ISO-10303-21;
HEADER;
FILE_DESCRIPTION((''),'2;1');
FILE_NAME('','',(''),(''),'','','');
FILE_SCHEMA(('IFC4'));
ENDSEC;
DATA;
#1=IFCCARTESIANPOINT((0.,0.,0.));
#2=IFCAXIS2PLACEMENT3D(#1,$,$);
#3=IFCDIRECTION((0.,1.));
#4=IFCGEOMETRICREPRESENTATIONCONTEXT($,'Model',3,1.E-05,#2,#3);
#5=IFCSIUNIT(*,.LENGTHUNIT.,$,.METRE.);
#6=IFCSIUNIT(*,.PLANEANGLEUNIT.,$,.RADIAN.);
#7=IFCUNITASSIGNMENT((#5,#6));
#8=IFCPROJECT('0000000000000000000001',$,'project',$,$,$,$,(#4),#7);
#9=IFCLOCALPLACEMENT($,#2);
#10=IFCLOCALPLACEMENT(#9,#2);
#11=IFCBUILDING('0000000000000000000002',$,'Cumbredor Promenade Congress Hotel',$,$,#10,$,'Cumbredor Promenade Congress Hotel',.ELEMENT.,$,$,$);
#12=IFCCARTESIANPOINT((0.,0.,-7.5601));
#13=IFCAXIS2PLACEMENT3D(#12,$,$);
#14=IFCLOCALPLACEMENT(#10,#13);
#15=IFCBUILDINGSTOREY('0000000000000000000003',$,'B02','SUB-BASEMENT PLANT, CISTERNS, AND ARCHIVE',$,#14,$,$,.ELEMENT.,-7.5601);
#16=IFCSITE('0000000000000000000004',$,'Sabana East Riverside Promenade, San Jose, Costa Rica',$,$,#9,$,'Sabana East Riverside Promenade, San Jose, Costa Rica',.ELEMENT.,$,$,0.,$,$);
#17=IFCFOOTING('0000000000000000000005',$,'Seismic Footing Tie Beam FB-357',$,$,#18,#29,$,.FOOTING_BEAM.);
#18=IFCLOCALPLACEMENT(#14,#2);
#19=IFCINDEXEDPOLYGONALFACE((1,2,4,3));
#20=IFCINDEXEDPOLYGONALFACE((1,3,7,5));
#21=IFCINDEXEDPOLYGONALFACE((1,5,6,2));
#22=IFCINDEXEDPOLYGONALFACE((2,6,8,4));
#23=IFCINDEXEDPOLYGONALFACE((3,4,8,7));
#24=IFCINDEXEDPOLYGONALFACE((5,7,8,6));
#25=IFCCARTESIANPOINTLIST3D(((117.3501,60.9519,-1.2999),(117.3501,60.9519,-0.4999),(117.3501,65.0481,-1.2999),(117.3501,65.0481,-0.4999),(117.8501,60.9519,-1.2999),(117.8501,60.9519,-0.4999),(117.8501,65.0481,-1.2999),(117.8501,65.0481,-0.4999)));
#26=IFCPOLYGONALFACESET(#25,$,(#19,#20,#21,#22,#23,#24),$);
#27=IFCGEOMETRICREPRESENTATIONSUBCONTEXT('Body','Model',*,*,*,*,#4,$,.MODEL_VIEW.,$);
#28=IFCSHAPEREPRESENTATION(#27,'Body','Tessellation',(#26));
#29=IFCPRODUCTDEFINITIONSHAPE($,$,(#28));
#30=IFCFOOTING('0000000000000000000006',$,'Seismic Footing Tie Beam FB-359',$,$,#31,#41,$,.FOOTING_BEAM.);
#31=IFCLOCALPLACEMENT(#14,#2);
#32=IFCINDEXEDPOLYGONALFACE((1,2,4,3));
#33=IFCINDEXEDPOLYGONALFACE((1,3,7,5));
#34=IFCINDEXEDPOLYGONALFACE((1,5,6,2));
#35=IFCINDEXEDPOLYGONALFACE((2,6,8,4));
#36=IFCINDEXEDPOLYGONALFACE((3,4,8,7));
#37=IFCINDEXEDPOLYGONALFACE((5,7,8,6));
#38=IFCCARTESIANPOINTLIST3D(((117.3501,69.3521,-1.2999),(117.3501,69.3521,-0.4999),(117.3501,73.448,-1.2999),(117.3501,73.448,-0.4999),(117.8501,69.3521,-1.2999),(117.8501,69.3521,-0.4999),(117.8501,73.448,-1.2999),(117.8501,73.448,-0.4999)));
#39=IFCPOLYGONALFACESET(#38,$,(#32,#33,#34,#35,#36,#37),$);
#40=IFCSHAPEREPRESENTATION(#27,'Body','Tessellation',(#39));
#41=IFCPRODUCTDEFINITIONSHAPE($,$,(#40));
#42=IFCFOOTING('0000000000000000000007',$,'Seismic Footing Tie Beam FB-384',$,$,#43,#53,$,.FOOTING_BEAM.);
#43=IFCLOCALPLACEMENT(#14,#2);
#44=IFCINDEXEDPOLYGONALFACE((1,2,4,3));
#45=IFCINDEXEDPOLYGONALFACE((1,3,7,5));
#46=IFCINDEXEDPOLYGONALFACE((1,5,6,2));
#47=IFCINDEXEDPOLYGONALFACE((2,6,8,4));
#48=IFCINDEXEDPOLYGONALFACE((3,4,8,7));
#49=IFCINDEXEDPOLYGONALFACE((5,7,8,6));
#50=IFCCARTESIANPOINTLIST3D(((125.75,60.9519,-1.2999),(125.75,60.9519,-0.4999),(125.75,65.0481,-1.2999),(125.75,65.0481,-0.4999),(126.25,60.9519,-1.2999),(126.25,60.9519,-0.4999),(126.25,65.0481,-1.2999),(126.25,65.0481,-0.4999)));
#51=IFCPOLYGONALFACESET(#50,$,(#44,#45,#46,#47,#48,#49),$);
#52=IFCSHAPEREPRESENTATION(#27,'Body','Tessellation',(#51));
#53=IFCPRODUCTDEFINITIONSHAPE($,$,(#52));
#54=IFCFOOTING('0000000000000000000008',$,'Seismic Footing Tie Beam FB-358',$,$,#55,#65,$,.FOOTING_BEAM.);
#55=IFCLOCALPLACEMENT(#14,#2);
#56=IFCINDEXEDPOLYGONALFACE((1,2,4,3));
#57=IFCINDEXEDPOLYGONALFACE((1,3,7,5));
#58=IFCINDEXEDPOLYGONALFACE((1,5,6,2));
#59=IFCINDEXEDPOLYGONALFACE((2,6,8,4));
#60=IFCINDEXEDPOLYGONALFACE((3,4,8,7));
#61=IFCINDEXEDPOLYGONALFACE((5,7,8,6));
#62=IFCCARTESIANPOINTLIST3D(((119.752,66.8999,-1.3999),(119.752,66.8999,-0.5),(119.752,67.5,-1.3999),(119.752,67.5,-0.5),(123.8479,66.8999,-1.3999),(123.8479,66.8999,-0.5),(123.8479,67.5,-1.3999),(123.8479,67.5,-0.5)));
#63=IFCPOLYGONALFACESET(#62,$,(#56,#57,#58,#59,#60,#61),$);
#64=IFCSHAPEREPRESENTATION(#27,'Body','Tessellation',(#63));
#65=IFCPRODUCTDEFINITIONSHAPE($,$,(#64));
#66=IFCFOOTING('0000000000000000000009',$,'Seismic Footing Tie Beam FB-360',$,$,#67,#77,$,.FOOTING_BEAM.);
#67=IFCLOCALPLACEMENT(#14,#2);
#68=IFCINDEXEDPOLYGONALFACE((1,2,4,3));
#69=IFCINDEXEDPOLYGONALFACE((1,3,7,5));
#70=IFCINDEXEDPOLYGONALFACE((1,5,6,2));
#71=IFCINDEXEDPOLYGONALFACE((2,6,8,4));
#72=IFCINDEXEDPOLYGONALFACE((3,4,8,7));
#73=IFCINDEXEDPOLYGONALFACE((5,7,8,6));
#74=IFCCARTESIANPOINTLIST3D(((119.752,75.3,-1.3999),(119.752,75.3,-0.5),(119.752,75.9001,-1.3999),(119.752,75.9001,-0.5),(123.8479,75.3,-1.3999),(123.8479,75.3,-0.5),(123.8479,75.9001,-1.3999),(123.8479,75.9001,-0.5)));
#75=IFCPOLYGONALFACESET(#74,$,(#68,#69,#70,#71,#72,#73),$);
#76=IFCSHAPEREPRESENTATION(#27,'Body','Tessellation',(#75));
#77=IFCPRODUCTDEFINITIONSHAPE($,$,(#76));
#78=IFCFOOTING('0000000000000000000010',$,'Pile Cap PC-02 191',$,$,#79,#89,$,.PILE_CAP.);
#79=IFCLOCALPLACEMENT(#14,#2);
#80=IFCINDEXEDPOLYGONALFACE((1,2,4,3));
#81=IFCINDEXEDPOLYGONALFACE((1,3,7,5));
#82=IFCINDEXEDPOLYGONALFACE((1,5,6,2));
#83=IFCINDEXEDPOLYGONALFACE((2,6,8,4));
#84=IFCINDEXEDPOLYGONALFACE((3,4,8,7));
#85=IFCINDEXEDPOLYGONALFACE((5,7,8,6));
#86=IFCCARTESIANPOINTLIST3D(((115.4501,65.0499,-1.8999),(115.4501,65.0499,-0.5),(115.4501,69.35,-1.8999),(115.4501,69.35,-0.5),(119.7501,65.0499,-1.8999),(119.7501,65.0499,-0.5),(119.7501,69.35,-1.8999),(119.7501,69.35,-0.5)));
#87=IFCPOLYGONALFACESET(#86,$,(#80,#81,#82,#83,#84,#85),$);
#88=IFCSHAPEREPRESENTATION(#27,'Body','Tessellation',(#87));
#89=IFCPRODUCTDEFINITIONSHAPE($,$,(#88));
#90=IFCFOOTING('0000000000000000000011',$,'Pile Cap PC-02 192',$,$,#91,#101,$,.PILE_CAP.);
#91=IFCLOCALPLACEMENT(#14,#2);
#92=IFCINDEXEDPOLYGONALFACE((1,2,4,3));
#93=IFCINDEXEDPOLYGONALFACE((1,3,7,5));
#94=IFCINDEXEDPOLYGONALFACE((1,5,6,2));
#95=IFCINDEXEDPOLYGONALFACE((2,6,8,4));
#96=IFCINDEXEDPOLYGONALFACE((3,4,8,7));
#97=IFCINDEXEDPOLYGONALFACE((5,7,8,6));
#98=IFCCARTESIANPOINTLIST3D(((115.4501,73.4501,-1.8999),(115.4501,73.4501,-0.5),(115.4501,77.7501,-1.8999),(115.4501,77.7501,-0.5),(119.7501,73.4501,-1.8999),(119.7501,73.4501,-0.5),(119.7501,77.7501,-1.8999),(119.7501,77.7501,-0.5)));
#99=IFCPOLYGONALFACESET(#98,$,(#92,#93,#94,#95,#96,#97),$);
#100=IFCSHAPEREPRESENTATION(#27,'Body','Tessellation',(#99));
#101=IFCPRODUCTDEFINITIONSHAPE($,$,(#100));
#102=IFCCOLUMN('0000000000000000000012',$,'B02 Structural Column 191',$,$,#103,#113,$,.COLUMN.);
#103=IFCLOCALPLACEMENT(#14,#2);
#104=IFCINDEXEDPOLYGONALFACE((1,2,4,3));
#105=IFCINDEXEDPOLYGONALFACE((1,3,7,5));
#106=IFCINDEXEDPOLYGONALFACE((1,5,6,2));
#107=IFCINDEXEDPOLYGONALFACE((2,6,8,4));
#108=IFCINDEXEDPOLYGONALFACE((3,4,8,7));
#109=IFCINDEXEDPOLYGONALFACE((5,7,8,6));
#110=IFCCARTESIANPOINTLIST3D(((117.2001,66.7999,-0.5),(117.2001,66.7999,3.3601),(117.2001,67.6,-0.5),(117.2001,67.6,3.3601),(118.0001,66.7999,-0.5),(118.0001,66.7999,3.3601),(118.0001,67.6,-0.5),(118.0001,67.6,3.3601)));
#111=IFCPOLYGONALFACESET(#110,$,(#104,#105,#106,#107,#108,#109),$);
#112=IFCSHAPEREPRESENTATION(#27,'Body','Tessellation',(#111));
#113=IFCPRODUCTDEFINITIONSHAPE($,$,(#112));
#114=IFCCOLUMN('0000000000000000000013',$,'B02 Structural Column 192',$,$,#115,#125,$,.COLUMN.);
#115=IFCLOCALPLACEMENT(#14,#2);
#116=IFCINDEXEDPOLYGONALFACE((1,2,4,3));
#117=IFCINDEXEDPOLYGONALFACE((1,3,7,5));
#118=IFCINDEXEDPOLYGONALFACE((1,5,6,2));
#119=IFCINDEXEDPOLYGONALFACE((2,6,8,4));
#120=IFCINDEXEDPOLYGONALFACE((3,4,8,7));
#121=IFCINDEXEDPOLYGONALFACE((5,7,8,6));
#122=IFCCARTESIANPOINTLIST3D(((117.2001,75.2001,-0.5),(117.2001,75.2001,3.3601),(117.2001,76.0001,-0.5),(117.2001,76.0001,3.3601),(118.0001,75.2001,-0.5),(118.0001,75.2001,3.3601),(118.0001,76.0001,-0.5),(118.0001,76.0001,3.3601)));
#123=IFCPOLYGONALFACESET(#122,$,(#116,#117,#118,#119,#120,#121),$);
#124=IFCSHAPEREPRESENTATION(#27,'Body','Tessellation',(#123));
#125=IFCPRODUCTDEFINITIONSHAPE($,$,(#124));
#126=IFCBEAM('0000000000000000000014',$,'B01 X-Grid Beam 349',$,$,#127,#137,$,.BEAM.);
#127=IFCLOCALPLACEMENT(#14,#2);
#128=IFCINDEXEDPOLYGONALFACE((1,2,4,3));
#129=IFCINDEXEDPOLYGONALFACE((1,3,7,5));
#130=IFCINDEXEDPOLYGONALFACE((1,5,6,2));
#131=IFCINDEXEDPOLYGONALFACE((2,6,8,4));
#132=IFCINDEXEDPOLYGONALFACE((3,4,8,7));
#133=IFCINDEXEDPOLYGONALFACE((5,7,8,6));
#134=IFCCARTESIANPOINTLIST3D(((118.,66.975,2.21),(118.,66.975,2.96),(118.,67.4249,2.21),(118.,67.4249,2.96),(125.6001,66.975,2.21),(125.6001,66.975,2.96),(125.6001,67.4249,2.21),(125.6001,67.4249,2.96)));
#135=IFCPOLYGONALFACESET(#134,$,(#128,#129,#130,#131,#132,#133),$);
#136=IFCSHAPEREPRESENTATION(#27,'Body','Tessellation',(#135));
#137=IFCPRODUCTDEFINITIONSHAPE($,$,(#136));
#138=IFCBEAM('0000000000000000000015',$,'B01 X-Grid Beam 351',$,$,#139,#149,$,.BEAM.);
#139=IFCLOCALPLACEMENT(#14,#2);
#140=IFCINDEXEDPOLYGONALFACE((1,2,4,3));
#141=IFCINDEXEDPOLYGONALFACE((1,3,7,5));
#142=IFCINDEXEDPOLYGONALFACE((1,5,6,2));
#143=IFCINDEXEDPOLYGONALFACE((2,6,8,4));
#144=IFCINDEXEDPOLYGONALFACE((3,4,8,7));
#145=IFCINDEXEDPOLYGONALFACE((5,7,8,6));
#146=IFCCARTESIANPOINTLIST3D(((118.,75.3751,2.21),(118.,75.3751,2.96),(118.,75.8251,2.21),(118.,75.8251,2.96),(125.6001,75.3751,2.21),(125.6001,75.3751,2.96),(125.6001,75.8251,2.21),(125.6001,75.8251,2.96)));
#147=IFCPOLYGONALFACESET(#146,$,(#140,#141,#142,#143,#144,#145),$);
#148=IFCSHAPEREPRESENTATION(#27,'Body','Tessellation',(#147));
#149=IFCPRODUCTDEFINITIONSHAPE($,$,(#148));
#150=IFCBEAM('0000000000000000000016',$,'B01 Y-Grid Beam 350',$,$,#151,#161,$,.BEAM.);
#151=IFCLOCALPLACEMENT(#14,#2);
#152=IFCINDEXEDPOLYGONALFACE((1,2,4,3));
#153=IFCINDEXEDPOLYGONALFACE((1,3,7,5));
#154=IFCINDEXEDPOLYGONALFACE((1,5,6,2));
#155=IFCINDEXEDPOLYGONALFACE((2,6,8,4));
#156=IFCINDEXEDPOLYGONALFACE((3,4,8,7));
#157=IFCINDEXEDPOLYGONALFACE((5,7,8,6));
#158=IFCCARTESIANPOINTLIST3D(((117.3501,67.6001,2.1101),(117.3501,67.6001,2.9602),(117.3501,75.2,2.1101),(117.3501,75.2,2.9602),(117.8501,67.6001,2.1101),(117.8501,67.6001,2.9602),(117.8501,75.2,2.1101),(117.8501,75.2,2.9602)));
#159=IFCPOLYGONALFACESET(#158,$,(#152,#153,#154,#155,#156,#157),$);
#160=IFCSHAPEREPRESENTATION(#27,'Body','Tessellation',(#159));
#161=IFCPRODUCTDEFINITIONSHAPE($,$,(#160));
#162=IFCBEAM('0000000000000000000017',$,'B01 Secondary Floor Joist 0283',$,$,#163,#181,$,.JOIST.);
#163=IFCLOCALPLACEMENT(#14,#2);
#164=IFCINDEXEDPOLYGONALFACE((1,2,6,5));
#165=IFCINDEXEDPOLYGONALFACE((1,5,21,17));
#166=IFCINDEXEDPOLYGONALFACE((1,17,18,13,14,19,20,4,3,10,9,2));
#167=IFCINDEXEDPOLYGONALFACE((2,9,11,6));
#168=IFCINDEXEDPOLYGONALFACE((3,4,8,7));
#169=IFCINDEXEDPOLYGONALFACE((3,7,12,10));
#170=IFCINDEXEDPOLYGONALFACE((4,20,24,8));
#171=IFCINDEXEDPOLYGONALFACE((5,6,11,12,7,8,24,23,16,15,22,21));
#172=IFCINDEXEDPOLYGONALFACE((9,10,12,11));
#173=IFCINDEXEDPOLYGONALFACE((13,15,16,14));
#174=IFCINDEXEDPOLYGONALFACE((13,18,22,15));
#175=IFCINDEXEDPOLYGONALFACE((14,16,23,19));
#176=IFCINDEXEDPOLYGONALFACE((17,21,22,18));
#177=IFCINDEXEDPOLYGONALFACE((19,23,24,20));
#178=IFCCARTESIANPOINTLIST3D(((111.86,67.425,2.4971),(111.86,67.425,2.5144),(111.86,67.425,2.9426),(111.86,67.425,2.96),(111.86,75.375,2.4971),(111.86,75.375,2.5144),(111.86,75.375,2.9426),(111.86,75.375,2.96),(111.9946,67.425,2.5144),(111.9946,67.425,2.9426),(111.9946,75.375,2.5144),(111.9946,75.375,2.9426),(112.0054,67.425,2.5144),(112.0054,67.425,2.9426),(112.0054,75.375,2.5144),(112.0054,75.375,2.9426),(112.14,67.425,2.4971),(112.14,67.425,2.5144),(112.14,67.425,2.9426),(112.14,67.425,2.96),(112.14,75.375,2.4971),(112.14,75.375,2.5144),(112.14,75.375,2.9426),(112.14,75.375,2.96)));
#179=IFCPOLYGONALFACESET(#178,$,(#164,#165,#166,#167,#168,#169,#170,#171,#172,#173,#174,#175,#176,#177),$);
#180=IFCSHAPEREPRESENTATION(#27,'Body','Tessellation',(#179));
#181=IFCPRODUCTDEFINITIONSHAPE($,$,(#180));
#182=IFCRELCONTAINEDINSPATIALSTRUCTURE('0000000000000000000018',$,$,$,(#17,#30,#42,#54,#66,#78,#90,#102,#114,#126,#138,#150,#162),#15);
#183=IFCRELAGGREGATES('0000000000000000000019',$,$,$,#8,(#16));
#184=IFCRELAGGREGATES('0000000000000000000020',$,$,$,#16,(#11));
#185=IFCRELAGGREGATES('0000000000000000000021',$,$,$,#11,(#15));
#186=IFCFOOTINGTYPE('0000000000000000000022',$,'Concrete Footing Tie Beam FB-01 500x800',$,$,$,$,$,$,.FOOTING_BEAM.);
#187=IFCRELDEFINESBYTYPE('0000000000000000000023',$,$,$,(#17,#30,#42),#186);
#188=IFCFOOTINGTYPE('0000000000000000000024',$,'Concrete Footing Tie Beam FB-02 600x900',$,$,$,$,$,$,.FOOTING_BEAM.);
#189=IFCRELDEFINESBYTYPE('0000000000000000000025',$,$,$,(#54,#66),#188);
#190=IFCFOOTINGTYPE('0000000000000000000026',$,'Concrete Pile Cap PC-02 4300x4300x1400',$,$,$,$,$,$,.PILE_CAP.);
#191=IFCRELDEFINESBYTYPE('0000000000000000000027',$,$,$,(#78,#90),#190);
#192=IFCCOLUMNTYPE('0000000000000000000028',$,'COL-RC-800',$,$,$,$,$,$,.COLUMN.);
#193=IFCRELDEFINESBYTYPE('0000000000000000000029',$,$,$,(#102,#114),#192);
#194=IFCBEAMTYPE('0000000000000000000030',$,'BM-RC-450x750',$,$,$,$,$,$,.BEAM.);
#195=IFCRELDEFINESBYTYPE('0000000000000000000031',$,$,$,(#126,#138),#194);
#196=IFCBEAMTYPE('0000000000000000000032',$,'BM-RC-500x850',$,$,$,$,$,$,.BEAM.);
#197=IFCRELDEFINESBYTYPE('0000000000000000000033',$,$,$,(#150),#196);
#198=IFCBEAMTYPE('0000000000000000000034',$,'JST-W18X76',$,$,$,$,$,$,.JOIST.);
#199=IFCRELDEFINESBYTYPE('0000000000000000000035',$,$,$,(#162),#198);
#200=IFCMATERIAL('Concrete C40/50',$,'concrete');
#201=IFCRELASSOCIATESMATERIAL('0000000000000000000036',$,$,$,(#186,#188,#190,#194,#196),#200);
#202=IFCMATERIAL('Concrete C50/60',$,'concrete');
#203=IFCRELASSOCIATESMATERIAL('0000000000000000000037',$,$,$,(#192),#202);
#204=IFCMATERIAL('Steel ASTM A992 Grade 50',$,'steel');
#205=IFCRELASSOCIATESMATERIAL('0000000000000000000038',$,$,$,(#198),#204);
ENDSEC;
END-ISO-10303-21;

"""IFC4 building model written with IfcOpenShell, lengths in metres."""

from ifc_helpers import new_model, si_unit, direction, frame, origin, origin_2d, place, context, subcontext, project, spatial, rectangle, i_section, extrude, material, material_profile, profile_set, type_object, element, save


model = new_model("IFC4")

# Units and contexts
model_context = context("Model", 3, precision=1e-05, world=origin(), true_north=direction((0.0, 1.0)))
body_context = subcontext(model_context, "Body", "Model", "MODEL_VIEW")
ifc_project = project(units=[si_unit("LENGTHUNIT", "METRE"), si_unit("PLANEANGLEUNIT", "RADIAN")], contexts=[model_context])

# Site, building, storey
site_placement = place(None, origin())
site = spatial("IfcSite", under=ifc_project, at=site_placement, Name="Sabana East Riverside Promenade, San Jose, Costa Rica", LongName="Sabana East Riverside Promenade, San Jose, Costa Rica", CompositionType="ELEMENT", RefElevation=0.0)
building_placement = place(site_placement, origin())
building = spatial("IfcBuilding", under=site, at=building_placement, Name="Cumbredor Promenade Congress Hotel", LongName="Cumbredor Promenade Congress Hotel", CompositionType="ELEMENT")
storey_placement = place(building_placement, frame((0.0, 0.0, -7.5601)))
storey = spatial("IfcBuildingStorey", under=building, at=storey_placement, Name="B02", Description="SUB-BASEMENT PLANT, CISTERNS, AND ARCHIVE", CompositionType="ELEMENT", Elevation=-7.5601)

# Shared definitions
ifc_material_1 = material(Name="Concrete C40/50", Category="concrete")

# Footings
ifc_material_profile_1 = material_profile(ifc_material_1, rectangle(XDim=0.5, YDim=0.8, at=origin_2d()), Name="FB 500x800")
ifc_profile_set_1 = profile_set([ifc_material_profile_1], Name="Concrete C40/50")
footing_type_1 = type_object("IfcFootingType", Name="Concrete Footing Tie Beam FB-01 500x800", PredefinedType="FOOTING_BEAM", material=ifc_profile_set_1)
footing_1_placement = place(storey_placement, frame((117.6001, 60.9519, -0.8999), z_axis=(0.0, 1.0, 0.0), x_axis=(-1.0, 0.0, 0.0)))
element("IfcFooting", 1, at=footing_1_placement, inside=storey, type_object=footing_type_1, Name="Seismic Footing Tie Beam FB-357", PredefinedType="FOOTING_BEAM", context=body_context, shape_type="SweptSolid", body=[
    extrude(rectangle(XDim=0.5, YDim=0.8, at=origin_2d()), origin(), (0.0, 0.0, 1.0), 4.0962),
])
footing_2_placement = place(storey_placement, frame((117.6001, 69.3521, -0.8999), z_axis=(0.0, 1.0, 0.0), x_axis=(-1.0, 0.0, 0.0)))
element("IfcFooting", 2, at=footing_2_placement, inside=storey, type_object=footing_type_1, Name="Seismic Footing Tie Beam FB-359", PredefinedType="FOOTING_BEAM", context=body_context, shape_type="SweptSolid", body=[
    extrude(rectangle(XDim=0.5, YDim=0.8, at=origin_2d()), origin(), (0.0, 0.0, 1.0), 4.0959),
])
footing_3_placement = place(storey_placement, frame((126.0, 60.9519, -0.8999), z_axis=(0.0, 1.0, 0.0), x_axis=(-1.0, 0.0, 0.0)))
element("IfcFooting", 3, at=footing_3_placement, inside=storey, type_object=footing_type_1, Name="Seismic Footing Tie Beam FB-384", PredefinedType="FOOTING_BEAM", context=body_context, shape_type="SweptSolid", body=[
    extrude(rectangle(XDim=0.5, YDim=0.8, at=origin_2d()), origin(), (0.0, 0.0, 1.0), 4.0962),
])
ifc_material_profile_2 = material_profile(ifc_material_1, rectangle(XDim=0.6001, YDim=0.8999, at=origin_2d()), Name="FB 600x900")
ifc_profile_set_2 = profile_set([ifc_material_profile_2], Name="Concrete C40/50")
footing_type_2 = type_object("IfcFootingType", Name="Concrete Footing Tie Beam FB-02 600x900", PredefinedType="FOOTING_BEAM", material=ifc_profile_set_2)
for number, where, z_axis, x_axis, name in (
    (4, (119.752, 67.2, -0.95), (1.0, 0.0, 0.0), (0.0, 1.0, 0.0), "Seismic Footing Tie Beam FB-358"),
    (5, (119.752, 75.6001, -0.95), (1.0, 0.0, 0.0), (0.0, 1.0, 0.0), "Seismic Footing Tie Beam FB-360"),
):
    element("IfcFooting", number, at=place(storey_placement, frame(where, z_axis=z_axis, x_axis=x_axis)), inside=storey, type_object=footing_type_2, Name=name, PredefinedType="FOOTING_BEAM", context=body_context, shape_type="SweptSolid", body=[
        extrude(rectangle(XDim=0.6001, YDim=0.8999, at=origin_2d()), origin(), (0.0, 0.0, 1.0), 4.0959),
    ])
footing_type_3 = type_object("IfcFootingType", Name="Concrete Pile Cap PC-02 4300x4300x1400", PredefinedType="PILE_CAP", material=ifc_material_1)
for number, where, z_axis, x_axis, name in (
    (6, (117.6001, 67.2, -1.8999), (0.0, 0.0, 1.0), (1.0, 0.0, 0.0), "Pile Cap PC-02 191"),
    (7, (117.6001, 75.6001, -1.8999), (0.0, 0.0, 1.0), (1.0, 0.0, 0.0), "Pile Cap PC-02 192"),
):
    element("IfcFooting", number, at=place(storey_placement, frame(where, z_axis=z_axis, x_axis=x_axis)), inside=storey, type_object=footing_type_3, Name=name, PredefinedType="PILE_CAP", context=body_context, shape_type="SweptSolid", body=[
        extrude(rectangle(XDim=4.3, YDim=4.3, at=origin_2d()), origin(), (0.0, 0.0, 1.0), 1.3999),
    ])

# Columns
ifc_material_2 = material(Name="Concrete C50/60", Category="concrete")
ifc_material_profile_3 = material_profile(ifc_material_2, rectangle(XDim=0.8, YDim=0.8, at=origin_2d()), Name="RC 800x800")
ifc_profile_set_3 = profile_set([ifc_material_profile_3], Name="Concrete C50/60")
column_type = type_object("IfcColumnType", Name="COL-RC-800", PredefinedType="COLUMN", material=ifc_profile_set_3)
for number, where, z_axis, x_axis, name in (
    (8, (117.6001, 67.2, -0.5), (0.0, 0.0, 1.0), (1.0, 0.0, 0.0), "B02 Structural Column 191"),
    (9, (117.6001, 75.6001, -0.5), (0.0, 0.0, 1.0), (1.0, 0.0, 0.0), "B02 Structural Column 192"),
):
    element("IfcColumn", number, at=place(storey_placement, frame(where, z_axis=z_axis, x_axis=x_axis)), inside=storey, type_object=column_type, Name=name, PredefinedType="COLUMN", context=body_context, shape_type="SweptSolid", body=[
        extrude(rectangle(XDim=0.8, YDim=0.8, at=origin_2d()), origin(), (0.0, 0.0, 1.0), 3.8601),
    ])

# Beams
ifc_material_profile_4 = material_profile(ifc_material_1, rectangle(XDim=0.45, YDim=0.75, at=origin_2d()), Name="RC BEAM 450x750")
ifc_profile_set_4 = profile_set([ifc_material_profile_4], Name="Concrete C40/50")
beam_type_1 = type_object("IfcBeamType", Name="BM-RC-450x750", PredefinedType="BEAM", material=ifc_profile_set_4)
for number, where, z_axis, x_axis, name in (
    (10, (118.0, 67.2, 2.585), (1.0, 0.0, 0.0), (0.0, 1.0, 0.0), "B01 X-Grid Beam 349"),
    (11, (118.0, 75.6001, 2.585), (1.0, 0.0, 0.0), (0.0, 1.0, 0.0), "B01 X-Grid Beam 351"),
):
    element("IfcBeam", number, at=place(storey_placement, frame(where, z_axis=z_axis, x_axis=x_axis)), inside=storey, type_object=beam_type_1, Name=name, PredefinedType="BEAM", context=body_context, shape_type="SweptSolid", body=[
        extrude(rectangle(XDim=0.45, YDim=0.75, at=origin_2d()), origin(), (0.0, 0.0, 1.0), 7.6001),
    ])
ifc_material_profile_5 = material_profile(ifc_material_1, rectangle(XDim=0.5, YDim=0.8501, at=origin_2d()), Name="RC BEAM 500x850")
ifc_profile_set_5 = profile_set([ifc_material_profile_5], Name="Concrete C40/50")
beam_type_2 = type_object("IfcBeamType", Name="BM-RC-500x850", PredefinedType="BEAM", material=ifc_profile_set_5)
beam_placement = place(storey_placement, frame((117.6001, 67.6001, 2.5352), z_axis=(0.0, 1.0, 0.0), x_axis=(-1.0, 0.0, 0.0)))
element("IfcBeam", 12, at=beam_placement, inside=storey, type_object=beam_type_2, Name="B01 Y-Grid Beam 350", PredefinedType="BEAM", context=body_context, shape_type="SweptSolid", body=[
    extrude(rectangle(XDim=0.5, YDim=0.8501, at=origin_2d()), origin(), (0.0, 0.0, 1.0), 7.5999),
])
ifc_material_3 = material(Name="Steel ASTM A992 Grade 50", Category="steel")
ifc_material_profile_6 = material_profile(ifc_material_3, i_section(OverallWidth=0.28, OverallDepth=0.4629, WebThickness=0.0107, FlangeThickness=0.0173, at=origin_2d()), Name="W18X76")
ifc_profile_set_6 = profile_set([ifc_material_profile_6], Name="Steel ASTM A992 Grade 50")
beam_type_3 = type_object("IfcBeamType", Name="JST-W18X76", PredefinedType="JOIST", material=ifc_profile_set_6)
for number, where, z_axis, x_axis, name in (
    (13, (112.0, 67.425, 2.7285), (0.0, 1.0, 0.0), (-1.0, 0.0, 0.0), "B01 Secondary Floor Joist 0283"),
):
    element("IfcBeam", number, at=place(storey_placement, frame(where, z_axis=z_axis, x_axis=x_axis)), inside=storey, type_object=beam_type_3, Name=name, PredefinedType="JOIST", context=body_context, shape_type="SweptSolid", body=[
        extrude(i_section(OverallWidth=0.28, OverallDepth=0.4629, WebThickness=0.0107, FlangeThickness=0.0173, at=origin_2d()), origin(), (0.0, 0.0, 1.0), 7.95),
    ])

save(model, "model.ifc")
